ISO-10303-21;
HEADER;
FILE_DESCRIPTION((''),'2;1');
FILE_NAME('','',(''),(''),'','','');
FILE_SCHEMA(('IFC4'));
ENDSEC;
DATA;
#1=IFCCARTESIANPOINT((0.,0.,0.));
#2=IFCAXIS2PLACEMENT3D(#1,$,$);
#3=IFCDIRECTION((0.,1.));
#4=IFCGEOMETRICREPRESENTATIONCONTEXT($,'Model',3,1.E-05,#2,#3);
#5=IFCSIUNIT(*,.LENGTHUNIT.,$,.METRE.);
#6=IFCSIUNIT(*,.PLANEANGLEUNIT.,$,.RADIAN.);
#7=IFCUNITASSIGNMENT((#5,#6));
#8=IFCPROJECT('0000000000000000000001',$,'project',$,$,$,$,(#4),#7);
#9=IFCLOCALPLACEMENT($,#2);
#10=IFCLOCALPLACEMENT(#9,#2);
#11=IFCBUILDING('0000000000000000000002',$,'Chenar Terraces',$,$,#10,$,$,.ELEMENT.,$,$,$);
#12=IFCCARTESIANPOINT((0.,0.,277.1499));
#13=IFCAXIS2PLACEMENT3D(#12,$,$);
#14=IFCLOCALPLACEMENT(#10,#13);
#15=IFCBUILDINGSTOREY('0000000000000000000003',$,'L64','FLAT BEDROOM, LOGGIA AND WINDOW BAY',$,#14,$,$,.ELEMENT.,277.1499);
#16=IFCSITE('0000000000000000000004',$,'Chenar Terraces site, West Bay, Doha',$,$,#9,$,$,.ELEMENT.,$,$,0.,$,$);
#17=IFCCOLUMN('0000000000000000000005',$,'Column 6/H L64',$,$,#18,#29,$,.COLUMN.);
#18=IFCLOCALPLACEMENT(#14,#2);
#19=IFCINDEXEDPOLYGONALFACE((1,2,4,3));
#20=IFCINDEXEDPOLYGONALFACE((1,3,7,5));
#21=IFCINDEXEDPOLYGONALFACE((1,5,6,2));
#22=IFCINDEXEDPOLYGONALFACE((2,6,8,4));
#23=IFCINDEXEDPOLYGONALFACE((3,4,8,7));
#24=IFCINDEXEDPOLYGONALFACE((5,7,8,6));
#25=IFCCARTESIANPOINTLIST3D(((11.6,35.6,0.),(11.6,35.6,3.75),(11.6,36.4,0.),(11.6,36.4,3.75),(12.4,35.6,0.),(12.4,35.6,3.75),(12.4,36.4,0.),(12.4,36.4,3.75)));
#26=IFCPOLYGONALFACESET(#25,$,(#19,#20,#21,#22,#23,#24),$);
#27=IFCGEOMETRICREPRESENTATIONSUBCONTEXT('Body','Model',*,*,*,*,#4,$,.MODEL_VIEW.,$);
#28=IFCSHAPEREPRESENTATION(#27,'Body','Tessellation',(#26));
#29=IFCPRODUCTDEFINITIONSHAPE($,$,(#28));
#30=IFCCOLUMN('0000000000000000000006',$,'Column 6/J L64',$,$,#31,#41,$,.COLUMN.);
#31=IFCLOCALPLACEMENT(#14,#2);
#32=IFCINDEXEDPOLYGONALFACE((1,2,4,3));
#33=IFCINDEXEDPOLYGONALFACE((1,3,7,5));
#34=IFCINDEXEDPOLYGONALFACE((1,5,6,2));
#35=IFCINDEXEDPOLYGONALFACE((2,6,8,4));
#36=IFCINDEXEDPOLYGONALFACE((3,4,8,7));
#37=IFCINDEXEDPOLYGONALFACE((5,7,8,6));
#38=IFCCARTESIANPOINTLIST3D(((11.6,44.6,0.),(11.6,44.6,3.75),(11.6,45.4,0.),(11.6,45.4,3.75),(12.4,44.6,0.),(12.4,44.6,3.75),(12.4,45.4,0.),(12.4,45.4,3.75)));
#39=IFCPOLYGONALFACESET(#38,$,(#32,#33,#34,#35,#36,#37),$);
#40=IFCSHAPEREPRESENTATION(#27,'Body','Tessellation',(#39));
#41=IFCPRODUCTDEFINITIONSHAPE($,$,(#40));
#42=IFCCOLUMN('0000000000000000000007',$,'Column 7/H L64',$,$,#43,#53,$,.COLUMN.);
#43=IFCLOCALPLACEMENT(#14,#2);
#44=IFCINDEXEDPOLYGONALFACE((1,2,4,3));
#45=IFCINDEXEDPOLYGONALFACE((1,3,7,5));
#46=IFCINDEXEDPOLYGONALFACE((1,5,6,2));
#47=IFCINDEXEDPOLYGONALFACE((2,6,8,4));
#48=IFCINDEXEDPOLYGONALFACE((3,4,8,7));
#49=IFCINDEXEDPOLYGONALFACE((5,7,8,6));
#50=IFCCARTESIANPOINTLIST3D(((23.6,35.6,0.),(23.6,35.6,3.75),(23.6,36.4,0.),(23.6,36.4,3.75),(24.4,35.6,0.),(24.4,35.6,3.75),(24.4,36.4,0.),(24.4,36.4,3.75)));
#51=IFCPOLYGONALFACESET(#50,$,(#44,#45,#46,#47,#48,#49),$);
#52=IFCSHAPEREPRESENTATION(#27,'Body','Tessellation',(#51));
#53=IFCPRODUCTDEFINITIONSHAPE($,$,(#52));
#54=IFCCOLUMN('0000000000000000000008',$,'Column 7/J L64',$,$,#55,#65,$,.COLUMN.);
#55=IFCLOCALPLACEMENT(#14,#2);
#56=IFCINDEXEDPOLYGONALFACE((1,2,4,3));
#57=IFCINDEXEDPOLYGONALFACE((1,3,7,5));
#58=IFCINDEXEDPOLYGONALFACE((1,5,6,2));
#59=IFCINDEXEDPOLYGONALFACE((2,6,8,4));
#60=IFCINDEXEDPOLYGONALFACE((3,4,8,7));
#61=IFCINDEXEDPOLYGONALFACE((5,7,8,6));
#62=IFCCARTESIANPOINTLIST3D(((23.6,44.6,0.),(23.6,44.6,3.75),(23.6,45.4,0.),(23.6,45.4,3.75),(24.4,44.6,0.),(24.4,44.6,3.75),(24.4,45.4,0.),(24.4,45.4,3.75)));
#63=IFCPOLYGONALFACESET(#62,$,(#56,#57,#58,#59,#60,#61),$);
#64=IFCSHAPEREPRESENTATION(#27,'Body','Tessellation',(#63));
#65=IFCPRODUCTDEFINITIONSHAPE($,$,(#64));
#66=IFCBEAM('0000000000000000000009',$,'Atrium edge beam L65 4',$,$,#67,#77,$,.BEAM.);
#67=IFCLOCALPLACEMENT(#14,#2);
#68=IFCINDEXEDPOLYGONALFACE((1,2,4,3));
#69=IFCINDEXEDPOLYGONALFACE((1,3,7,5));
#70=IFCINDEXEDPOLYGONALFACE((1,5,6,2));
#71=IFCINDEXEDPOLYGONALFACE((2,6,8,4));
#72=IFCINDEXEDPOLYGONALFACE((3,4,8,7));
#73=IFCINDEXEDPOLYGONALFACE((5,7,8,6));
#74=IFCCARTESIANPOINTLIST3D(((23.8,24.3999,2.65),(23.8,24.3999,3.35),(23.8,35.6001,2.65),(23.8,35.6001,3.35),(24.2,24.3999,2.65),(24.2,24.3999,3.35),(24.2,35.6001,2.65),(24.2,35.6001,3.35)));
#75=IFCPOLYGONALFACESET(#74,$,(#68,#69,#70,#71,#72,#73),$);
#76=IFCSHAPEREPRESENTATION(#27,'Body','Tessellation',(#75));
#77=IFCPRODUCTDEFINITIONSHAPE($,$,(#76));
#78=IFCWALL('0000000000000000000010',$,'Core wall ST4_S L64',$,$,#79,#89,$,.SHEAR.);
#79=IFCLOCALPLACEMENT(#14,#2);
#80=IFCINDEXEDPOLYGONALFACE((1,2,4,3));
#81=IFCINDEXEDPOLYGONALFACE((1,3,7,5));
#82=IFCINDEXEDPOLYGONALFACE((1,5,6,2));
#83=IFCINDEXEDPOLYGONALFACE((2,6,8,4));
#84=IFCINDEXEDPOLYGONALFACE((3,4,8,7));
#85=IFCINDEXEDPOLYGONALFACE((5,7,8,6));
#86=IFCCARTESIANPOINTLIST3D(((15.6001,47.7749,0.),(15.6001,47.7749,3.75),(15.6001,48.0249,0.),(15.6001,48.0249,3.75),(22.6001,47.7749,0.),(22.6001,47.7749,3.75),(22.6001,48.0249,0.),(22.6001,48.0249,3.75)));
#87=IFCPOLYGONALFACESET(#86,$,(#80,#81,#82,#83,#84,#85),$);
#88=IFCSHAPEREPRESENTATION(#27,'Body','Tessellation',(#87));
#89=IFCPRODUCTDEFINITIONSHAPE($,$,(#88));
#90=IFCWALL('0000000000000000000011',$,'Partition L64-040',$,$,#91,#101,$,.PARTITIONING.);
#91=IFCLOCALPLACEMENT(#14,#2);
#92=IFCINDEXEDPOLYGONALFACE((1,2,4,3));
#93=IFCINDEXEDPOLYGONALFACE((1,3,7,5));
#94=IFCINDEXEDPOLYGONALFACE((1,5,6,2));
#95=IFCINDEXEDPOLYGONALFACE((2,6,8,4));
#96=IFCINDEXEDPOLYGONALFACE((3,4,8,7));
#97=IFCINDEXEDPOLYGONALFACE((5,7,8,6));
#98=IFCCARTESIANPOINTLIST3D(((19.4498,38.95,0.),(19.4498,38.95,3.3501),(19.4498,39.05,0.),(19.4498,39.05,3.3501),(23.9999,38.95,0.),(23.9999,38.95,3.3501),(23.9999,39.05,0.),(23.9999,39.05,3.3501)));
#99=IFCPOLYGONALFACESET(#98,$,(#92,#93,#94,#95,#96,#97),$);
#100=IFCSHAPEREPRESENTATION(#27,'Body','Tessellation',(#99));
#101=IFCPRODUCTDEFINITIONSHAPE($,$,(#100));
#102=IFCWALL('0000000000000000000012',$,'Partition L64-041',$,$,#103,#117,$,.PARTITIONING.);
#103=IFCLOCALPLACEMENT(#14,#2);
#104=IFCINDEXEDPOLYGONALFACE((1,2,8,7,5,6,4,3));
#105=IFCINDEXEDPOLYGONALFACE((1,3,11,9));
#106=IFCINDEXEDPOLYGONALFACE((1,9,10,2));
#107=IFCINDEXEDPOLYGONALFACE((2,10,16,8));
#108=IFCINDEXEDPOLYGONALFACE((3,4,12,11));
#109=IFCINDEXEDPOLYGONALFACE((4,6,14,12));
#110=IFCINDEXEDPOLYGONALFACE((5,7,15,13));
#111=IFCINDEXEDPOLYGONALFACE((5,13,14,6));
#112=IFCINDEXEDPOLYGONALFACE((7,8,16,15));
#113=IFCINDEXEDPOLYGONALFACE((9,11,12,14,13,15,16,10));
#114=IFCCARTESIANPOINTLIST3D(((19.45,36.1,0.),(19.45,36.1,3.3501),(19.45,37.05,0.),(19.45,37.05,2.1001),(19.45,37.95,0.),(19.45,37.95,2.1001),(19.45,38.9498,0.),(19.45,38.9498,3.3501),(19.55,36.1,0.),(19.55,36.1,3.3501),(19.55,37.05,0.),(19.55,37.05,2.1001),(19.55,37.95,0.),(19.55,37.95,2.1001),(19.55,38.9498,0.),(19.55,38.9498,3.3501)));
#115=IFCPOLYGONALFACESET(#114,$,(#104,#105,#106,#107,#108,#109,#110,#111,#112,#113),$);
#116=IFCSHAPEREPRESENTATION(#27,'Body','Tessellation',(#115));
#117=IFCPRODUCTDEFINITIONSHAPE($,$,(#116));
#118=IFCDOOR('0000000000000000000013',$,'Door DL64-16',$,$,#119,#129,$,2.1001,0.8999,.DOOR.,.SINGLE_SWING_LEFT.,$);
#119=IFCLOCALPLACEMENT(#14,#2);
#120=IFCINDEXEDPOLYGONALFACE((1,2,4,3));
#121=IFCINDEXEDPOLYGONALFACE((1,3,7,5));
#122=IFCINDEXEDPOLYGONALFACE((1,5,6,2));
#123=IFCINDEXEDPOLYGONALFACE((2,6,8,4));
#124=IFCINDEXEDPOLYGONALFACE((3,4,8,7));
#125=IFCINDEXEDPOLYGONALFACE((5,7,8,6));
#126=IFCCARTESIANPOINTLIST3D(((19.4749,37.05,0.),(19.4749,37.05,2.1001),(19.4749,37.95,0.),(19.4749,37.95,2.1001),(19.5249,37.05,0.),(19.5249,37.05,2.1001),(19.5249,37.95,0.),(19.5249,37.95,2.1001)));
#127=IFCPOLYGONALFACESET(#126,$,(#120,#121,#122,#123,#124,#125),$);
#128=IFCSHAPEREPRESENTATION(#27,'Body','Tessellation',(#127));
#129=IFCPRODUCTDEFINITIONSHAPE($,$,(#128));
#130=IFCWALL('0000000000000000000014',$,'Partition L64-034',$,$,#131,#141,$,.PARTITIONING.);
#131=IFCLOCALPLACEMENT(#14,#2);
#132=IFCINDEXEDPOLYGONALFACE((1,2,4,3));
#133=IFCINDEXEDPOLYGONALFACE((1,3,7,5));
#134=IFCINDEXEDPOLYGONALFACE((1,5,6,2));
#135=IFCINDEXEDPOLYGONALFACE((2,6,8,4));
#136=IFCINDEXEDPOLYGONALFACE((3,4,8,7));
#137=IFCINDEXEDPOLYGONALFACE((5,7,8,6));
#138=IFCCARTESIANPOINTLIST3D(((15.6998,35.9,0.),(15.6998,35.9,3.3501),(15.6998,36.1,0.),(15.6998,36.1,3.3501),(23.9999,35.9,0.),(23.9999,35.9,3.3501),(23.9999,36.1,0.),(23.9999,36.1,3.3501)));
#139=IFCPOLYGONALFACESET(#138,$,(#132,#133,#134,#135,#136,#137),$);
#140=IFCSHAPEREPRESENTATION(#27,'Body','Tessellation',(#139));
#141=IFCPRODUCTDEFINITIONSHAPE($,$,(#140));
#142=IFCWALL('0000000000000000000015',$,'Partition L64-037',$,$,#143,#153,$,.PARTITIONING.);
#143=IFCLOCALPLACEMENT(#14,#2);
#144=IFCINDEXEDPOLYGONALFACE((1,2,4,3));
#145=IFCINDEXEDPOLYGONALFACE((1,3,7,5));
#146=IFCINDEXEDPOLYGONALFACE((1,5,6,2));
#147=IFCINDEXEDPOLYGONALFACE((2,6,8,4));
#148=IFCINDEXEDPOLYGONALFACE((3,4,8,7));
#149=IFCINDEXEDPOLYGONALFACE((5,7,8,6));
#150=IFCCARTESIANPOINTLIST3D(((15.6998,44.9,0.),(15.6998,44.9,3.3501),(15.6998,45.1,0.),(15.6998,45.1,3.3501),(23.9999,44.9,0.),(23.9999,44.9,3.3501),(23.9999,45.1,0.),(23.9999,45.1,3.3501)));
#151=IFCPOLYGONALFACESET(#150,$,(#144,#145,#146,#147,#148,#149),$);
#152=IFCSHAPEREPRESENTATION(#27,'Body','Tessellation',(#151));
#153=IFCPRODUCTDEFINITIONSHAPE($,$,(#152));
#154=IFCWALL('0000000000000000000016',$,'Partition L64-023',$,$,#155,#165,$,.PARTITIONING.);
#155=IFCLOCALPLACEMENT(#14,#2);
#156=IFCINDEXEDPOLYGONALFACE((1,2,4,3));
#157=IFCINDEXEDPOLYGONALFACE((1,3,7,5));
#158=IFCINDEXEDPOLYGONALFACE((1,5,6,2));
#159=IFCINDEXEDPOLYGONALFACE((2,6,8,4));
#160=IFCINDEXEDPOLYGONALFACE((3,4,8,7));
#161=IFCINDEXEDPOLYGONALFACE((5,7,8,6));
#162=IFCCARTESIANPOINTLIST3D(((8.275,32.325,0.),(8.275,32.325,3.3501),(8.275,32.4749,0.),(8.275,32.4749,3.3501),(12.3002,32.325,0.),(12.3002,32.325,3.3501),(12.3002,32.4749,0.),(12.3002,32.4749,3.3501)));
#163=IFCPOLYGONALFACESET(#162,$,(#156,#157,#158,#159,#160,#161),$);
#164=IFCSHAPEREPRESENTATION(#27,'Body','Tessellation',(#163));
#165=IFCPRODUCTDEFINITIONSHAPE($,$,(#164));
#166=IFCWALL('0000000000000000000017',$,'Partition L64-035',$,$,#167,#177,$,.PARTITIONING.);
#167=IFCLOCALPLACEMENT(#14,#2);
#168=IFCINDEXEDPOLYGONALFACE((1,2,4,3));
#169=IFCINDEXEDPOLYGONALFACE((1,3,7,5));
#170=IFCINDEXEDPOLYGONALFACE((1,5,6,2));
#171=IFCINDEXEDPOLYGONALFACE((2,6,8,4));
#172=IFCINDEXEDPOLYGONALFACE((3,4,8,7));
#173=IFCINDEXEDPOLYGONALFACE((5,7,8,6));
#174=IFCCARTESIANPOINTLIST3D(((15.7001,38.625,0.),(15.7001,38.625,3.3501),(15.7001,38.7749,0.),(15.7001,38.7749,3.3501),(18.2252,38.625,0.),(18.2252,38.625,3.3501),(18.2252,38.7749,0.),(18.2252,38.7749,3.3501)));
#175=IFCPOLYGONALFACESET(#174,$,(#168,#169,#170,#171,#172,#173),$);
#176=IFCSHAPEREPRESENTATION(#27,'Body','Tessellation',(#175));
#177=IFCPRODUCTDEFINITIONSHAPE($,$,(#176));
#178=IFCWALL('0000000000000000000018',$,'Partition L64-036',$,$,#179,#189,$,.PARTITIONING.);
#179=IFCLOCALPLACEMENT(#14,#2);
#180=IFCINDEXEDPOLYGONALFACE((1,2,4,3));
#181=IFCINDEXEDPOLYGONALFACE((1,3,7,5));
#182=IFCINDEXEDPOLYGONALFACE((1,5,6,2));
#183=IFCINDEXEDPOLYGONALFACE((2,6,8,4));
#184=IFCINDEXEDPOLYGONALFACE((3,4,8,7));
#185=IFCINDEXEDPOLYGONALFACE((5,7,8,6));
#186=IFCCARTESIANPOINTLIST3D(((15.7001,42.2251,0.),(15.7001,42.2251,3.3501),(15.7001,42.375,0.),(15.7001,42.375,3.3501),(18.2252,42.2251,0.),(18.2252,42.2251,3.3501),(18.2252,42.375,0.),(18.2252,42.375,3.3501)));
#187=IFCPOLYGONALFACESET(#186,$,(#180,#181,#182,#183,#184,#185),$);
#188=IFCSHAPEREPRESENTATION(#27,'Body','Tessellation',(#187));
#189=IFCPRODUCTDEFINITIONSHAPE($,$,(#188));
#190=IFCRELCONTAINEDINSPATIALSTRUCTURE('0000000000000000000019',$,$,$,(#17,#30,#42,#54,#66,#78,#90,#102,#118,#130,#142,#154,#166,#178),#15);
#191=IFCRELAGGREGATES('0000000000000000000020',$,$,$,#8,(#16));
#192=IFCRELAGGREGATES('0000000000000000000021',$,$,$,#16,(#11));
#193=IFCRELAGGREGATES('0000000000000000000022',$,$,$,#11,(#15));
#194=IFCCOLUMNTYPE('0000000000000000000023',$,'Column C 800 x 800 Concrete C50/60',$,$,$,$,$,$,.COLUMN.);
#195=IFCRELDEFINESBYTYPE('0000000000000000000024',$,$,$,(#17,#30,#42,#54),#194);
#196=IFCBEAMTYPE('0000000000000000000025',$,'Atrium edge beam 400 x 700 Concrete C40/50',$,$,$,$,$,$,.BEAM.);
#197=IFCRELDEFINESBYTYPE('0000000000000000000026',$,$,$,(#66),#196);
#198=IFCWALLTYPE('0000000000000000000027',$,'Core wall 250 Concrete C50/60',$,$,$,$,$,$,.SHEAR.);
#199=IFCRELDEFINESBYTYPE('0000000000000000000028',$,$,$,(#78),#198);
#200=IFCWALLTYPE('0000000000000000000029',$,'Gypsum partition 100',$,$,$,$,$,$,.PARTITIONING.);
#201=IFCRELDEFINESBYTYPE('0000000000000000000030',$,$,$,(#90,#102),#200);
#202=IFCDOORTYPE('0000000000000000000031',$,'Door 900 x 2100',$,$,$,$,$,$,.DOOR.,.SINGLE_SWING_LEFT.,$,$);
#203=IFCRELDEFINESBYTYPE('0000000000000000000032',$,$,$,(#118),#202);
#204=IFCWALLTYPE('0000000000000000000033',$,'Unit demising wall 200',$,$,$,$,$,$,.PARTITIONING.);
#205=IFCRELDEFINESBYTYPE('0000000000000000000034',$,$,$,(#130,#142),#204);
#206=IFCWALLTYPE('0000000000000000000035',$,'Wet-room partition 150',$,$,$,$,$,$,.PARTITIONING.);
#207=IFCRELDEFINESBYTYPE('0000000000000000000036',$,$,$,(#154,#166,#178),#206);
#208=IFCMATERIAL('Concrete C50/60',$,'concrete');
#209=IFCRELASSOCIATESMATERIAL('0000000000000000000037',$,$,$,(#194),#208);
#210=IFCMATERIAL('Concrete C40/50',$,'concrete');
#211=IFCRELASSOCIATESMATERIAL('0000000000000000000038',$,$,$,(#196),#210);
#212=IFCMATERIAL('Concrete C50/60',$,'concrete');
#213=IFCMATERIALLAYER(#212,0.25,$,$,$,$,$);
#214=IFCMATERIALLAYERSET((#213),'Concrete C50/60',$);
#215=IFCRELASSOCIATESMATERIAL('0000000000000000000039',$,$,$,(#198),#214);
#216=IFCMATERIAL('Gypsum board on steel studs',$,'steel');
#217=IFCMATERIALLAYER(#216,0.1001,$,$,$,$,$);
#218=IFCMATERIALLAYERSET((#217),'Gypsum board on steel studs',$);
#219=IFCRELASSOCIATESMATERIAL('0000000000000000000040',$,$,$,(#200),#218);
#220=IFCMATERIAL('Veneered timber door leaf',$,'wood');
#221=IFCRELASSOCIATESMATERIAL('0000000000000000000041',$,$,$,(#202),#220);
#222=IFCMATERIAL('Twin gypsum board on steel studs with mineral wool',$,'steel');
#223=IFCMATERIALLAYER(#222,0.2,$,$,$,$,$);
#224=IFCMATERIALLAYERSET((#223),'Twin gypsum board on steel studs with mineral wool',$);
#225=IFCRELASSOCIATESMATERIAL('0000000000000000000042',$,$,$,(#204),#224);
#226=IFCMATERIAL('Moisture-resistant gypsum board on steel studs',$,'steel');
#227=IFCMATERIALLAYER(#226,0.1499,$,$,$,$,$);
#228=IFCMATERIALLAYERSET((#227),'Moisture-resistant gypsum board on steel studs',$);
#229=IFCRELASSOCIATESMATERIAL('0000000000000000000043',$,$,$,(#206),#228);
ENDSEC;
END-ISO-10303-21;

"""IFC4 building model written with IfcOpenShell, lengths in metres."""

from ifc_helpers import new_model, si_unit, direction, frame, frame_2d, origin, origin_2d, place, context, subcontext, project, spatial, rectangle, extrude, material, layer, layer_set, material_profile, profile_set, type_object, element, fill, save


model = new_model("IFC4")

# Units and contexts
model_context = context("Model", 3, precision=1e-05, world=origin(), true_north=direction((0.0, 1.0)))
body_context = subcontext(model_context, "Body", "Model", "MODEL_VIEW")
ifc_project = project(units=[si_unit("LENGTHUNIT", "METRE"), si_unit("PLANEANGLEUNIT", "RADIAN")], contexts=[model_context])

# Site, building, storey
site_placement = place(None, origin())
site = spatial("IfcSite", under=ifc_project, at=site_placement, Name="Chenar Terraces site, West Bay, Doha", CompositionType="ELEMENT", RefElevation=0.0)
building_placement = place(site_placement, origin())
building = spatial("IfcBuilding", under=site, at=building_placement, Name="Chenar Terraces", CompositionType="ELEMENT")
storey_placement = place(building_placement, frame((0.0, 0.0, 277.1499)))
storey = spatial("IfcBuildingStorey", under=building, at=storey_placement, Name="L64", Description="FLAT BEDROOM, LOGGIA AND WINDOW BAY", CompositionType="ELEMENT", Elevation=277.1499)

# Columns
ifc_material_1 = material(Name="Concrete C50/60", Category="concrete")
ifc_material_profile_1 = material_profile(ifc_material_1, rectangle(XDim=0.8, YDim=0.8, at=origin_2d()), Name="C 800 x 800")
ifc_profile_set_1 = profile_set([ifc_material_profile_1], Name="Concrete C50/60")
column_type = type_object("IfcColumnType", Name="Column C 800 x 800 Concrete C50/60", PredefinedType="COLUMN", material=ifc_profile_set_1)
for number, where, z_axis, x_axis, name in (
    (1, (12.0, 36.0, 0.0), (0.0, 0.0, 1.0), (1.0, 0.0, 0.0), "Column 6/H L64"),
    (2, (12.0, 45.0, 0.0), (0.0, 0.0, 1.0), (1.0, 0.0, 0.0), "Column 6/J L64"),
    (3, (24.0, 36.0, 0.0), (0.0, 0.0, 1.0), (1.0, 0.0, 0.0), "Column 7/H L64"),
    (4, (24.0, 45.0, 0.0), (0.0, 0.0, 1.0), (1.0, 0.0, 0.0), "Column 7/J L64"),
):
    element("IfcColumn", number, at=place(storey_placement, frame(where, z_axis=z_axis, x_axis=x_axis)), inside=storey, type_object=column_type, Name=name, PredefinedType="COLUMN", context=body_context, shape_type="SweptSolid", body=[
        extrude(rectangle(XDim=0.8, YDim=0.8, at=origin_2d()), origin(), (0.0, 0.0, 1.0), 3.75),
    ])

# Beam
ifc_material_2 = material(Name="Concrete C40/50", Category="concrete")
ifc_material_profile_2 = material_profile(ifc_material_2, rectangle(XDim=0.3999, YDim=0.7, at=origin_2d()), Name="RC 400 x 700")
ifc_profile_set_2 = profile_set([ifc_material_profile_2], Name="Concrete C40/50")
beam_type = type_object("IfcBeamType", Name="Atrium edge beam 400 x 700 Concrete C40/50", PredefinedType="BEAM", material=ifc_profile_set_2)
beam_placement = place(storey_placement, frame((24.0, 35.6001, 3.0), z_axis=(0.0, -1.0, 0.0), x_axis=(1.0, 0.0, 0.0)))
element("IfcBeam", 5, at=beam_placement, inside=storey, type_object=beam_type, Name="Atrium edge beam L65 4", PredefinedType="BEAM", context=body_context, shape_type="SweptSolid", body=[
    extrude(rectangle(XDim=0.3999, YDim=0.7, at=origin_2d()), origin(), (0.0, 0.0, 1.0), 11.2002),
])

# Walls
ifc_material_3 = material(Name="Concrete C50/60", Category="concrete")
ifc_layer_1 = layer(ifc_material_3, 0.25)
ifc_layer_set_1 = layer_set([ifc_layer_1], Name="Concrete C50/60")
wall_type_1 = type_object("IfcWallType", Name="Core wall 250 Concrete C50/60", PredefinedType="SHEAR", material=ifc_layer_set_1)
wall_1_placement = place(storey_placement, frame((15.6001, 47.8999, 0.0), z_axis=(0.0, 0.0, 1.0), x_axis=(1.0, 0.0, 0.0)))
element("IfcWall", 6, at=wall_1_placement, inside=storey, type_object=wall_type_1, Name="Core wall ST4_S L64", PredefinedType="SHEAR", context=body_context, shape_type="SweptSolid", body=[
    extrude(rectangle(XDim=7.0, YDim=0.25, at=frame_2d((3.5, 0.0))), origin(), (0.0, 0.0, 1.0), 3.75),
])
ifc_material_4 = material(Name="Gypsum board on steel studs", Category="steel")
ifc_layer_2 = layer(ifc_material_4, 0.1001)
ifc_layer_set_2 = layer_set([ifc_layer_2], Name="Gypsum board on steel studs")
wall_type_2 = type_object("IfcWallType", Name="Gypsum partition 100", PredefinedType="PARTITIONING", material=ifc_layer_set_2)
wall_2_placement = place(storey_placement, frame((19.45, 39.0, 0.0), z_axis=(0.0, 0.0, 1.0), x_axis=(1.0, 0.0, 0.0)))
element("IfcWall", 7, at=wall_2_placement, inside=storey, type_object=wall_type_2, Name="Partition L64-040", PredefinedType="PARTITIONING", context=body_context, shape_type="SweptSolid", body=[
    extrude(rectangle(XDim=4.55, YDim=0.1001, at=frame_2d((2.2749, 0.0))), origin(), (0.0, 0.0, 1.0), 3.3501),
])

# Wall, opening, door
wall_3_placement = place(storey_placement, frame((19.5, 36.1001, 0.0), z_axis=(0.0, 0.0, 1.0), x_axis=(0.0, 1.0, 0.0)))
wall_3 = element("IfcWall", 8, at=wall_3_placement, inside=storey, type_object=wall_type_2, Name="Partition L64-041", PredefinedType="PARTITIONING", context=body_context, shape_type="SweptSolid", body=[
    extrude(rectangle(XDim=2.8499, YDim=0.1001, at=frame_2d((1.4248, 0.0))), origin(), (0.0, 0.0, 1.0), 3.3501),
])
opening_1_placement = place(wall_3_placement, frame((0.95, 0.0, 0.0)))
opening_1 = element("IfcOpeningElement", 9, at=opening_1_placement, cuts=wall_3, PredefinedType="OPENING", context=body_context, shape_type="SweptSolid", body=[
    extrude(rectangle(XDim=0.8999, YDim=2.1001, at=frame_2d((0.45, 1.05))), frame((0.0, 0.0601, 0.0), z_axis=(0.0, -1.0, 0.0), x_axis=(1.0, 0.0, 0.0)), (0.0, 0.0, 1.0), 0.1201),
])
ifc_material_5 = material(Name="Veneered timber door leaf", Category="wood")
door_type_1 = type_object("IfcDoorType", Name="Door 900 x 2100", OperationType="SINGLE_SWING_LEFT", PredefinedType="DOOR", material=ifc_material_5)
door_1_placement = place(opening_1_placement, frame((0.8999, 0.0, 0.0), z_axis=(0.0, 0.0, 1.0), x_axis=(-1.0, 0.0, 0.0)))
door_1 = element("IfcDoor", 10, at=door_1_placement, inside=storey, type_object=door_type_1, Name="Door DL64-16", OperationType="SINGLE_SWING_LEFT", OverallHeight=2.1001, OverallWidth=0.8999, PredefinedType="DOOR", context=body_context, shape_type="SweptSolid", body=[
    extrude(rectangle(XDim=0.8999, YDim=2.1001, at=frame_2d((0.45, 1.05))), frame((0.0, 0.0249, 0.0), z_axis=(0.0, -1.0, 0.0), x_axis=(1.0, 0.0, 0.0)), (0.0, 0.0, 1.0), 0.05),
])
fill(opening_1, door_1)

# Walls
ifc_material_6 = material(Name="Twin gypsum board on steel studs with mineral wool", Category="steel")
ifc_layer_3 = layer(ifc_material_6, 0.2)
ifc_layer_set_3 = layer_set([ifc_layer_3], Name="Twin gypsum board on steel studs with mineral wool")
wall_type_3 = type_object("IfcWallType", Name="Unit demising wall 200", PredefinedType="PARTITIONING", material=ifc_layer_set_3)
for number, where, z_axis, x_axis, name in (
    (11, (15.7, 36.0, 0.0), (0.0, 0.0, 1.0), (1.0, 0.0, 0.0), "Partition L64-034"),
    (12, (15.7, 45.0, 0.0), (0.0, 0.0, 1.0), (1.0, 0.0, 0.0), "Partition L64-037"),
):
    element("IfcWall", number, at=place(storey_placement, frame(where, z_axis=z_axis, x_axis=x_axis)), inside=storey, type_object=wall_type_3, Name=name, PredefinedType="PARTITIONING", context=body_context, shape_type="SweptSolid", body=[
        extrude(rectangle(XDim=8.3, YDim=0.2, at=frame_2d((4.1499, 0.0))), origin(), (0.0, 0.0, 1.0), 3.3501),
    ])
ifc_material_7 = material(Name="Moisture-resistant gypsum board on steel studs", Category="steel")
ifc_layer_4 = layer(ifc_material_7, 0.1499)
ifc_layer_set_4 = layer_set([ifc_layer_4], Name="Moisture-resistant gypsum board on steel studs")
wall_type_4 = type_object("IfcWallType", Name="Wet-room partition 150", PredefinedType="PARTITIONING", material=ifc_layer_set_4)
wall_4_placement = place(storey_placement, frame((8.2749, 32.3999, 0.0), z_axis=(0.0, 0.0, 1.0), x_axis=(1.0, 0.0, 0.0)))
element("IfcWall", 13, at=wall_4_placement, inside=storey, type_object=wall_type_4, Name="Partition L64-023", PredefinedType="PARTITIONING", context=body_context, shape_type="SweptSolid", body=[
    extrude(rectangle(XDim=4.0251, YDim=0.1499, at=frame_2d((2.0127, 0.0))), origin(), (0.0, 0.0, 1.0), 3.3501),
])
for number, where, z_axis, x_axis, name in (
    (14, (15.7, 38.7, 0.0), (0.0, 0.0, 1.0), (1.0, 0.0, 0.0), "Partition L64-035"),
    (15, (15.7, 42.3, 0.0), (0.0, 0.0, 1.0), (1.0, 0.0, 0.0), "Partition L64-036"),
):
    element("IfcWall", number, at=place(storey_placement, frame(where, z_axis=z_axis, x_axis=x_axis)), inside=storey, type_object=wall_type_4, Name=name, PredefinedType="PARTITIONING", context=body_context, shape_type="SweptSolid", body=[
        extrude(rectangle(XDim=2.5251, YDim=0.1499, at=frame_2d((1.2627, 0.0))), origin(), (0.0, 0.0, 1.0), 3.3501),
    ])

save(model, "model.ifc")
